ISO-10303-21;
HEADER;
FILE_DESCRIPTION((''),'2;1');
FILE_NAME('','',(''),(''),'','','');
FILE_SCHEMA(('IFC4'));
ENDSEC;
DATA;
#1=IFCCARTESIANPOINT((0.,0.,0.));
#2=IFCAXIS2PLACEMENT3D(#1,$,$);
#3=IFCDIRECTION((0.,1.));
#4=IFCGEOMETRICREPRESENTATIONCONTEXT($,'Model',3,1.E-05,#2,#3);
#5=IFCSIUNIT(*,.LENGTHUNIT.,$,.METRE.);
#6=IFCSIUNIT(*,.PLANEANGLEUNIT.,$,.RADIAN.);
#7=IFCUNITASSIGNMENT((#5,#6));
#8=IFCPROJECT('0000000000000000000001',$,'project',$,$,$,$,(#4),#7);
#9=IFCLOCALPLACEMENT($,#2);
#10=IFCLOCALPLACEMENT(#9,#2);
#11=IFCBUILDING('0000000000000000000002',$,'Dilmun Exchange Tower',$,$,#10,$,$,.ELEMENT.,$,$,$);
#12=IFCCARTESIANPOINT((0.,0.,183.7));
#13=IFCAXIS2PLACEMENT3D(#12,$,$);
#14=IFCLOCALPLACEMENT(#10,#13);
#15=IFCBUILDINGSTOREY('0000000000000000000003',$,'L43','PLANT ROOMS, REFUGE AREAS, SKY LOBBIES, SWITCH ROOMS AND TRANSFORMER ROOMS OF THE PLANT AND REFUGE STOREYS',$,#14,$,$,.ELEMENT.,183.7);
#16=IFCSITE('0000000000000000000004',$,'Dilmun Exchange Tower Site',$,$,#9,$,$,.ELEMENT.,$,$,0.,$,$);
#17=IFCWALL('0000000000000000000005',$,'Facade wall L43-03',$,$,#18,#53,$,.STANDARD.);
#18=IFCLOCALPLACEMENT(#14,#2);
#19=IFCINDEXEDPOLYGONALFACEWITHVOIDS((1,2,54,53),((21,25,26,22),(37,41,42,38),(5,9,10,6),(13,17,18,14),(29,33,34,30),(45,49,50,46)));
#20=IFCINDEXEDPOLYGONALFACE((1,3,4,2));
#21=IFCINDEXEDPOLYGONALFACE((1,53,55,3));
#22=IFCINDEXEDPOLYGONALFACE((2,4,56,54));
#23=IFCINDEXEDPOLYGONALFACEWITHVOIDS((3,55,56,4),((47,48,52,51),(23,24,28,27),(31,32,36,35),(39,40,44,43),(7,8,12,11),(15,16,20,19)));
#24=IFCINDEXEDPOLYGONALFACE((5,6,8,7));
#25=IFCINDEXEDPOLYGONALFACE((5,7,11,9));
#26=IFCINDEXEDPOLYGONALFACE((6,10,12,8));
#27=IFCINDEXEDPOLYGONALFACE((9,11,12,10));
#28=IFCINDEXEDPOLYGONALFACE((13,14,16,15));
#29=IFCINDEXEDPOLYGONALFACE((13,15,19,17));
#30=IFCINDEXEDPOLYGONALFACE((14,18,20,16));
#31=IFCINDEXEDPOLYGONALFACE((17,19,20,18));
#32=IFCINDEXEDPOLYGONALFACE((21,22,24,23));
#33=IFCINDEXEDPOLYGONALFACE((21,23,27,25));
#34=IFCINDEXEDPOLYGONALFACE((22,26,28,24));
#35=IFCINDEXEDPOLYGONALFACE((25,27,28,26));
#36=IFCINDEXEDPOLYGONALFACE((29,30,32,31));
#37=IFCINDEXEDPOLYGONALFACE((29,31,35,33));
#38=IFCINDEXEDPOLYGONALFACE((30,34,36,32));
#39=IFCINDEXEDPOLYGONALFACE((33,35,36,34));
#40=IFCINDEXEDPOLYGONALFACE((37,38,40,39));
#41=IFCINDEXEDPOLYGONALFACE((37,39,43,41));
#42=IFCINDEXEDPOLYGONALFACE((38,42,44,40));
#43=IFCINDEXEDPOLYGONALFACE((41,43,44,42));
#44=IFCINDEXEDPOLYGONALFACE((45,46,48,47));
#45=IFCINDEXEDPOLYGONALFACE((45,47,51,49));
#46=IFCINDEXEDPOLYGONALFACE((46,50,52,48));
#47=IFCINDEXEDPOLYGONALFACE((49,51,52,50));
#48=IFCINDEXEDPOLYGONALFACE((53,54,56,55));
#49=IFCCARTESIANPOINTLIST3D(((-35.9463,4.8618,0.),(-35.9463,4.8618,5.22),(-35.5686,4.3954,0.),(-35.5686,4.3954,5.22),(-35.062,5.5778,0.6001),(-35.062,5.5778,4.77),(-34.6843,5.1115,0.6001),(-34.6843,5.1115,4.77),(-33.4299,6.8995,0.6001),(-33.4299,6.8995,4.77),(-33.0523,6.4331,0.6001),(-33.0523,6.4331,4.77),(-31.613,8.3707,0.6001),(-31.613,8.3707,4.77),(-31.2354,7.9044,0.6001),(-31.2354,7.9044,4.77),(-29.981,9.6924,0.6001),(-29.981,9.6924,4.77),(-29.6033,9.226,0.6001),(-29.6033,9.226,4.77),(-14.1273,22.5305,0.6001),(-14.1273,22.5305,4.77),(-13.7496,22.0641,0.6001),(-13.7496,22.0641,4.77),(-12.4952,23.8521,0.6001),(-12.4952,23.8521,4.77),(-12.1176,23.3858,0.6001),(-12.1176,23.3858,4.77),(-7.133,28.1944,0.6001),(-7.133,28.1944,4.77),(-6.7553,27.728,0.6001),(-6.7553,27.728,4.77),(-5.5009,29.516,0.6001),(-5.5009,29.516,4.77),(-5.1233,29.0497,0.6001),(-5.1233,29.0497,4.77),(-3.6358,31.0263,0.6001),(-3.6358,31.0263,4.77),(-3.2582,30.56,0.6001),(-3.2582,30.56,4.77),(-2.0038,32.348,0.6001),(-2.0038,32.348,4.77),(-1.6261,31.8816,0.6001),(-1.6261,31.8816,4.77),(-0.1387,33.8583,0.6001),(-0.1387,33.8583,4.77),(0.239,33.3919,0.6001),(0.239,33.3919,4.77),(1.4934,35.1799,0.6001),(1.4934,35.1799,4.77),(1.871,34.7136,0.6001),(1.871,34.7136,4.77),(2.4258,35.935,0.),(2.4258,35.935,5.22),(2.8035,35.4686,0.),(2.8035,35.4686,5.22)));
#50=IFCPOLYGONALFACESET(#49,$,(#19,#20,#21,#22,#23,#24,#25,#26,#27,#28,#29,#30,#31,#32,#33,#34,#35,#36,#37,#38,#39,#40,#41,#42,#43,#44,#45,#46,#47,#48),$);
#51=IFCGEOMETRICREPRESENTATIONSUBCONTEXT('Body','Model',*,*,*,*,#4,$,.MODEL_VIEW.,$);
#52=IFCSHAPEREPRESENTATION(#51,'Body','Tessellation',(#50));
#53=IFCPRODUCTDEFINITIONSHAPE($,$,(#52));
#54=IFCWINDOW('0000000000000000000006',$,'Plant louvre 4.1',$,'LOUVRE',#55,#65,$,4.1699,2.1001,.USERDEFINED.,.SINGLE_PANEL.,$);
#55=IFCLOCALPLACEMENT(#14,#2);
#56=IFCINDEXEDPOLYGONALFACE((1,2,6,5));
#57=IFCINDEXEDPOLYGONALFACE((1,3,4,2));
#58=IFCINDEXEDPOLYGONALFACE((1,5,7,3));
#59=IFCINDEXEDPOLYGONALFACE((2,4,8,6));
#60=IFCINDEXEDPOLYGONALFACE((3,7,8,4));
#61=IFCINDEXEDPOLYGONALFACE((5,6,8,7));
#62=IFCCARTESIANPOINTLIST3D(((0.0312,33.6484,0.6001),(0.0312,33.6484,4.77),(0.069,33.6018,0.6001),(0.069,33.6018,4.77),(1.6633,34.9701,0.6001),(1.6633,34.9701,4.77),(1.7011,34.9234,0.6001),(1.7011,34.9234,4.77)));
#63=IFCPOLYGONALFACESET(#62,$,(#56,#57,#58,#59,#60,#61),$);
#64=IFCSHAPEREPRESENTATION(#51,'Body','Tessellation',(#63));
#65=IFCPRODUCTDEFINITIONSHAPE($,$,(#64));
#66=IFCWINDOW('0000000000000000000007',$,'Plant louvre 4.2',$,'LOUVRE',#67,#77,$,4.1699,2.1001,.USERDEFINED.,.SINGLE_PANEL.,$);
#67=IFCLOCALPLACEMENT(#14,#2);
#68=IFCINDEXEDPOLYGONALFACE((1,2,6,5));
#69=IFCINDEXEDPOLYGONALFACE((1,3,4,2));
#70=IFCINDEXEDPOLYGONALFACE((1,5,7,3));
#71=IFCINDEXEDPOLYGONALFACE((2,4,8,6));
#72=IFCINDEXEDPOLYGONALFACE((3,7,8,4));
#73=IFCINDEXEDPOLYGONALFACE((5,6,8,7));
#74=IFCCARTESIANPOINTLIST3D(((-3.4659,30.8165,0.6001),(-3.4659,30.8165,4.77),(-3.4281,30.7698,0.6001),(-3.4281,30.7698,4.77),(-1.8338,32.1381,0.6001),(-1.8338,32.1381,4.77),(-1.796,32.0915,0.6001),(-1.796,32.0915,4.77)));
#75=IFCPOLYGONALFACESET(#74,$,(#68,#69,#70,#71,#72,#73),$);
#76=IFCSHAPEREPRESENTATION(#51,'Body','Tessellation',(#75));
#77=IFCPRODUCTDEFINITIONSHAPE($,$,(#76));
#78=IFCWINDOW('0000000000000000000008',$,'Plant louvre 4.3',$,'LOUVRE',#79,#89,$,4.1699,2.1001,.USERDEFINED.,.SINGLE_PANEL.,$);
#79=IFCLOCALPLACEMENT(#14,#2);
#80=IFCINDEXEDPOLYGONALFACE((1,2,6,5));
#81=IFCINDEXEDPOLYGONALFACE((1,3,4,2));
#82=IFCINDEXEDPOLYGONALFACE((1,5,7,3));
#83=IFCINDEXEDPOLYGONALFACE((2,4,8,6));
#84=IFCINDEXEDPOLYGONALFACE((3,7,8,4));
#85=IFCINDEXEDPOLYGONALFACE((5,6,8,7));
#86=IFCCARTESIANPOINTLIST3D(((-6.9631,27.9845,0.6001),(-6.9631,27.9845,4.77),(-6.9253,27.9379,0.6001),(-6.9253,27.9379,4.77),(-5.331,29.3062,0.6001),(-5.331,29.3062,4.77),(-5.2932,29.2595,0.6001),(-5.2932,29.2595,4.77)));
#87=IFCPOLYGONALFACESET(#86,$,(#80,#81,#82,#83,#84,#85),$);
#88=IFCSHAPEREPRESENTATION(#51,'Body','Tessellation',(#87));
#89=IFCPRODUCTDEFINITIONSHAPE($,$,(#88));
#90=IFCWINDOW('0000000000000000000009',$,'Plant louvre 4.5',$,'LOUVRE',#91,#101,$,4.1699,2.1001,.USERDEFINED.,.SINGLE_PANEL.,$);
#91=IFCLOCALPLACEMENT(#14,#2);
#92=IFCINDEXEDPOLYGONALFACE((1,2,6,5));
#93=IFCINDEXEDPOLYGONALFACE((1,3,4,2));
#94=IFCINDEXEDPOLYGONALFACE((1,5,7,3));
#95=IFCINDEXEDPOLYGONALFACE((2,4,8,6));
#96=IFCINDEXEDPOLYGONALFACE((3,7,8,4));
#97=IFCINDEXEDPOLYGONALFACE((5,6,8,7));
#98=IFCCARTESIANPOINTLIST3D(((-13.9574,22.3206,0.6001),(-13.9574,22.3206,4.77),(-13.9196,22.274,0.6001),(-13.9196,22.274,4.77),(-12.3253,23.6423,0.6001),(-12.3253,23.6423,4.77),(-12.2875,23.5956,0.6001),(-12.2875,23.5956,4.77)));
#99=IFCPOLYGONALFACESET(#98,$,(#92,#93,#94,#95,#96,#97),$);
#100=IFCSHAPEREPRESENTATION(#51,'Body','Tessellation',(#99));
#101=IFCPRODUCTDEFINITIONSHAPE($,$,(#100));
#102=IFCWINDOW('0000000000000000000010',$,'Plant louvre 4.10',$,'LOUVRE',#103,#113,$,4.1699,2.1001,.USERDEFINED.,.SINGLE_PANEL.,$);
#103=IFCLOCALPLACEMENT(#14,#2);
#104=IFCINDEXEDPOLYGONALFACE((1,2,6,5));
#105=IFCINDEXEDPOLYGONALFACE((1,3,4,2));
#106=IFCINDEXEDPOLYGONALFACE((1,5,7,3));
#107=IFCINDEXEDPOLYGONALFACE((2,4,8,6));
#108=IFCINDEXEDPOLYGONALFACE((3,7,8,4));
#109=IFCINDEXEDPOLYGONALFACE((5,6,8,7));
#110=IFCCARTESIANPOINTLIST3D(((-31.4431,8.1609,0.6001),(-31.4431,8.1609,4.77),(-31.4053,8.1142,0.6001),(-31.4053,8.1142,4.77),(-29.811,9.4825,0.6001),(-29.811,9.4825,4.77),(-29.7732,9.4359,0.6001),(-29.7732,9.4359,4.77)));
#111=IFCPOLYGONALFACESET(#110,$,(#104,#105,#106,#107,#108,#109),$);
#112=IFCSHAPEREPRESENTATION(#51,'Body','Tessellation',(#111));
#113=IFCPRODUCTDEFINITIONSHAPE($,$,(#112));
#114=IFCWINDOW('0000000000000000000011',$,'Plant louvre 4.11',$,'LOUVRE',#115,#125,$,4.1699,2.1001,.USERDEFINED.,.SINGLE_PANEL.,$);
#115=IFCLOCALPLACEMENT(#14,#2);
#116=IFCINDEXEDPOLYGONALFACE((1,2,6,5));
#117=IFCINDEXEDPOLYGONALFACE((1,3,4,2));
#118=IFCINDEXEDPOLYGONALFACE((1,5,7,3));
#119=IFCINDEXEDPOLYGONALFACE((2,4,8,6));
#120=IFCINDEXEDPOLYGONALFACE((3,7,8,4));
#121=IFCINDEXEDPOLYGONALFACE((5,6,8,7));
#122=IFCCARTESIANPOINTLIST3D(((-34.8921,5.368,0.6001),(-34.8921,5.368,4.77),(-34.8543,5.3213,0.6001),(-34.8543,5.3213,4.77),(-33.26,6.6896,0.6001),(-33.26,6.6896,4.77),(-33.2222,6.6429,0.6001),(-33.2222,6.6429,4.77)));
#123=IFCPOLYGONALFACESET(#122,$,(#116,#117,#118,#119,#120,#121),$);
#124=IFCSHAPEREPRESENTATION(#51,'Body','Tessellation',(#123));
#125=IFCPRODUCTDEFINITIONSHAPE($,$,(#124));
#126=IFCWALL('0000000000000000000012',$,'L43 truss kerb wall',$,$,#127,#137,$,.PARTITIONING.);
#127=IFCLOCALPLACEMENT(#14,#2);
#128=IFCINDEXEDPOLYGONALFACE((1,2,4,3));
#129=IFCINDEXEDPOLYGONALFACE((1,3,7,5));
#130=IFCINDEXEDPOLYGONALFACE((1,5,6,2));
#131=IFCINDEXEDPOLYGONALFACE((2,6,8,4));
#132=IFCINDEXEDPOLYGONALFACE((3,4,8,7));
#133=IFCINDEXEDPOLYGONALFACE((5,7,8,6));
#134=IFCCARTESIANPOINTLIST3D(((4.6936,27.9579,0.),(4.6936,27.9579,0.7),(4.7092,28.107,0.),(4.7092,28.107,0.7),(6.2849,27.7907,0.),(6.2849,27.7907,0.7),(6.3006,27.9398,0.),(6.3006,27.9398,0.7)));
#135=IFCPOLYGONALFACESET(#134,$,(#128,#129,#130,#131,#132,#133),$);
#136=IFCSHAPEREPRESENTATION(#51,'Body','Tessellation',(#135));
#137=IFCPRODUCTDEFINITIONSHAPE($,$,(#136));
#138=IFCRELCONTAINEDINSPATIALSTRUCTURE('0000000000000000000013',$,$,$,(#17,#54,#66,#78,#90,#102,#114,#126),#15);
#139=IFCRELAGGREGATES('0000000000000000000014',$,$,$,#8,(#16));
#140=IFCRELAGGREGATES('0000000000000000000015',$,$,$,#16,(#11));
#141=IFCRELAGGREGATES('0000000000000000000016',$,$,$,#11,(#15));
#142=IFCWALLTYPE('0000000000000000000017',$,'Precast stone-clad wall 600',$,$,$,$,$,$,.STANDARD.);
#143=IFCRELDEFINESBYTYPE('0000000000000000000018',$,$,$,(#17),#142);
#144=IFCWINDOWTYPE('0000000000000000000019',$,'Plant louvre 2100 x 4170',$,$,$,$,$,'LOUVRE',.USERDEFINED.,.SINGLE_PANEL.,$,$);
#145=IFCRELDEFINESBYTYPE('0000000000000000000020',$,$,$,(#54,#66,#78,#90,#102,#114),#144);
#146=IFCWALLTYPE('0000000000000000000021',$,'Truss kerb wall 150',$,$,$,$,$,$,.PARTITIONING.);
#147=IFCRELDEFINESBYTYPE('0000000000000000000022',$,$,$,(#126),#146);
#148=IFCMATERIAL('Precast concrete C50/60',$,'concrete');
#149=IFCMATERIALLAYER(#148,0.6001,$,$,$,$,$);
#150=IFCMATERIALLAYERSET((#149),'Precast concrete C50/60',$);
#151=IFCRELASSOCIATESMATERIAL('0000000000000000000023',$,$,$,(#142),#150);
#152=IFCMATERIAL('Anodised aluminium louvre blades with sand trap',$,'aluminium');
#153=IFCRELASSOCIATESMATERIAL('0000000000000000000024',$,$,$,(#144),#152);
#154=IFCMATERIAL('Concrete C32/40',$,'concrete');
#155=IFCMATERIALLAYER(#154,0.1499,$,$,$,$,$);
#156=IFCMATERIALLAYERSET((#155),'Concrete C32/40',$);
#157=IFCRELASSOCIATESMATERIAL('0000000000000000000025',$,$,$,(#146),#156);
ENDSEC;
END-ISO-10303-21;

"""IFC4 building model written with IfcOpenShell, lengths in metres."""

from ifc_helpers import new_model, si_unit, direction, frame, frame_2d, origin, place, context, subcontext, project, spatial, rectangle, extrude, material, layer, layer_set, type_object, element, fill, save


model = new_model("IFC4")

# Units and contexts
model_context = context("Model", 3, precision=1e-05, world=origin(), true_north=direction((0.0, 1.0)))
body_context = subcontext(model_context, "Body", "Model", "MODEL_VIEW")
ifc_project = project(units=[si_unit("LENGTHUNIT", "METRE"), si_unit("PLANEANGLEUNIT", "RADIAN")], contexts=[model_context])

# Site, building, storey
site_placement = place(None, origin())
site = spatial("IfcSite", under=ifc_project, at=site_placement, Name="Dilmun Exchange Tower Site", CompositionType="ELEMENT", RefElevation=0.0)
building_placement = place(site_placement, origin())
building = spatial("IfcBuilding", under=site, at=building_placement, Name="Dilmun Exchange Tower", CompositionType="ELEMENT")
storey_placement = place(building_placement, frame((0.0, 0.0, 183.7)))
storey = spatial("IfcBuildingStorey", under=building, at=storey_placement, Name="L43", Description="PLANT ROOMS, REFUGE AREAS, SKY LOBBIES, SWITCH ROOMS AND TRANSFORMER ROOMS OF THE PLANT AND REFUGE STOREYS", CompositionType="ELEMENT", Elevation=183.7)

# Wall, openings, windows
ifc_material_1 = material(Name="Precast concrete C50/60", Category="concrete")
ifc_layer_1 = layer(ifc_material_1, 0.6001)
ifc_layer_set_1 = layer_set([ifc_layer_1], Name="Precast concrete C50/60")
wall_type_1 = type_object("IfcWallType", Name="Precast stone-clad wall 600", PredefinedType="STANDARD", material=ifc_layer_set_1)
wall_1_placement = place(storey_placement, frame((2.6147, 35.7019, 0.0), z_axis=(0.0, 0.0, 1.0), x_axis=(-0.777144, -0.629322, 0.0)))
wall_1 = element("IfcWall", 1, at=wall_1_placement, inside=storey, type_object=wall_type_1, Name="Facade wall L43-03", PredefinedType="STANDARD", context=body_context, shape_type="SweptSolid", body=[
    extrude(rectangle(XDim=49.3757, YDim=0.6001, at=frame_2d((24.688, 0.0))), origin(), (0.0, 0.0, 1.0), 5.22),
])
opening_1_placement = place(wall_1_placement, frame((1.2, 0.0, 0.6001)))
opening_1 = element("IfcOpeningElement", 2, at=opening_1_placement, cuts=wall_1, PredefinedType="OPENING", context=body_context, shape_type="SweptSolid", body=[
    extrude(rectangle(XDim=2.1001, YDim=4.1699, at=frame_2d((1.05, 2.085))), frame((0.0, 0.3101, 0.0), z_axis=(0.0, -1.0, 0.0), x_axis=(1.0, 0.0, 0.0)), (0.0, 0.0, 1.0), 0.6201),
])
opening_2_placement = place(wall_1_placement, frame((5.7, 0.0, 0.6001)))
opening_2 = element("IfcOpeningElement", 3, at=opening_2_placement, cuts=wall_1, PredefinedType="OPENING", context=body_context, shape_type="SweptSolid", body=[
    extrude(rectangle(XDim=2.1001, YDim=4.1699, at=frame_2d((1.05, 2.085))), frame((0.0, 0.3101, 0.0), z_axis=(0.0, -1.0, 0.0), x_axis=(1.0, 0.0, 0.0)), (0.0, 0.0, 1.0), 0.6201),
])
opening_3_placement = place(wall_1_placement, frame((10.2, 0.0, 0.6001)))
opening_3 = element("IfcOpeningElement", 4, at=opening_3_placement, cuts=wall_1, PredefinedType="OPENING", context=body_context, shape_type="SweptSolid", body=[
    extrude(rectangle(XDim=2.1001, YDim=4.1699, at=frame_2d((1.05, 2.085))), frame((0.0, 0.3101, 0.0), z_axis=(0.0, -1.0, 0.0), x_axis=(1.0, 0.0, 0.0)), (0.0, 0.0, 1.0), 0.6201),
])
opening_4_placement = place(wall_1_placement, frame((19.2, 0.0, 0.6001)))
opening_4 = element("IfcOpeningElement", 5, at=opening_4_placement, cuts=wall_1, PredefinedType="OPENING", context=body_context, shape_type="SweptSolid", body=[
    extrude(rectangle(XDim=2.1001, YDim=4.1699, at=frame_2d((1.05, 2.085))), frame((0.0, 0.3101, 0.0), z_axis=(0.0, -1.0, 0.0), x_axis=(1.0, 0.0, 0.0)), (0.0, 0.0, 1.0), 0.6201),
])
opening_5_placement = place(wall_1_placement, frame((41.7, 0.0, 0.6001)))
opening_5 = element("IfcOpeningElement", 6, at=opening_5_placement, cuts=wall_1, PredefinedType="OPENING", context=body_context, shape_type="SweptSolid", body=[
    extrude(rectangle(XDim=2.1001, YDim=4.1699, at=frame_2d((1.05, 2.085))), frame((0.0, 0.3101, 0.0), z_axis=(0.0, -1.0, 0.0), x_axis=(1.0, 0.0, 0.0)), (0.0, 0.0, 1.0), 0.6201),
])
opening_6_placement = place(wall_1_placement, frame((46.1379, 0.0, 0.6001)))
opening_6 = element("IfcOpeningElement", 7, at=opening_6_placement, cuts=wall_1, PredefinedType="OPENING", context=body_context, shape_type="SweptSolid", body=[
    extrude(rectangle(XDim=2.1001, YDim=4.1699, at=frame_2d((1.05, 2.085))), frame((0.0, 0.3101, 0.0), z_axis=(0.0, -1.0, 0.0), x_axis=(1.0, 0.0, 0.0)), (0.0, 0.0, 1.0), 0.6201),
])
ifc_material_2 = material(Name="Anodised aluminium louvre blades with sand trap", Category="aluminium")
window_type = type_object("IfcWindowType", Name="Plant louvre 2100 x 4170", ElementType="LOUVRE", PartitioningType="SINGLE_PANEL", PredefinedType="USERDEFINED", material=ifc_material_2)
window_1_placement = place(opening_1_placement, origin())
window_1 = element("IfcWindow", 8, at=window_1_placement, inside=storey, type_object=window_type, Name="Plant louvre 4.1", ObjectType="LOUVRE", OverallHeight=4.1699, OverallWidth=2.1001, PartitioningType="SINGLE_PANEL", PredefinedType="USERDEFINED", context=body_context, shape_type="SweptSolid", body=[
    extrude(rectangle(XDim=2.1001, YDim=4.1699, at=frame_2d((1.05, 2.085))), frame((0.0, 0.03, 0.0), z_axis=(0.0, -1.0, 0.0), x_axis=(1.0, 0.0, 0.0)), (0.0, 0.0, 1.0), 0.0601),
])
fill(opening_1, window_1)
window_2_placement = place(opening_2_placement, origin())
window_2 = element("IfcWindow", 9, at=window_2_placement, inside=storey, type_object=window_type, Name="Plant louvre 4.2", ObjectType="LOUVRE", OverallHeight=4.1699, OverallWidth=2.1001, PartitioningType="SINGLE_PANEL", PredefinedType="USERDEFINED", context=body_context, shape_type="SweptSolid", body=[
    extrude(rectangle(XDim=2.1001, YDim=4.1699, at=frame_2d((1.05, 2.085))), frame((0.0, 0.03, 0.0), z_axis=(0.0, -1.0, 0.0), x_axis=(1.0, 0.0, 0.0)), (0.0, 0.0, 1.0), 0.0601),
])
fill(opening_2, window_2)
window_3_placement = place(opening_3_placement, origin())
window_3 = element("IfcWindow", 10, at=window_3_placement, inside=storey, type_object=window_type, Name="Plant louvre 4.3", ObjectType="LOUVRE", OverallHeight=4.1699, OverallWidth=2.1001, PartitioningType="SINGLE_PANEL", PredefinedType="USERDEFINED", context=body_context, shape_type="SweptSolid", body=[
    extrude(rectangle(XDim=2.1001, YDim=4.1699, at=frame_2d((1.05, 2.085))), frame((0.0, 0.03, 0.0), z_axis=(0.0, -1.0, 0.0), x_axis=(1.0, 0.0, 0.0)), (0.0, 0.0, 1.0), 0.0601),
])
fill(opening_3, window_3)
window_4_placement = place(opening_4_placement, origin())
window_4 = element("IfcWindow", 11, at=window_4_placement, inside=storey, type_object=window_type, Name="Plant louvre 4.5", ObjectType="LOUVRE", OverallHeight=4.1699, OverallWidth=2.1001, PartitioningType="SINGLE_PANEL", PredefinedType="USERDEFINED", context=body_context, shape_type="SweptSolid", body=[
    extrude(rectangle(XDim=2.1001, YDim=4.1699, at=frame_2d((1.05, 2.085))), frame((0.0, 0.03, 0.0), z_axis=(0.0, -1.0, 0.0), x_axis=(1.0, 0.0, 0.0)), (0.0, 0.0, 1.0), 0.0601),
])
fill(opening_4, window_4)
window_5_placement = place(opening_5_placement, origin())
window_5 = element("IfcWindow", 12, at=window_5_placement, inside=storey, type_object=window_type, Name="Plant louvre 4.10", ObjectType="LOUVRE", OverallHeight=4.1699, OverallWidth=2.1001, PartitioningType="SINGLE_PANEL", PredefinedType="USERDEFINED", context=body_context, shape_type="SweptSolid", body=[
    extrude(rectangle(XDim=2.1001, YDim=4.1699, at=frame_2d((1.05, 2.085))), frame((0.0, 0.03, 0.0), z_axis=(0.0, -1.0, 0.0), x_axis=(1.0, 0.0, 0.0)), (0.0, 0.0, 1.0), 0.0601),
])
fill(opening_5, window_5)
window_6_placement = place(opening_6_placement, origin())
window_6 = element("IfcWindow", 13, at=window_6_placement, inside=storey, type_object=window_type, Name="Plant louvre 4.11", ObjectType="LOUVRE", OverallHeight=4.1699, OverallWidth=2.1001, PartitioningType="SINGLE_PANEL", PredefinedType="USERDEFINED", context=body_context, shape_type="SweptSolid", body=[
    extrude(rectangle(XDim=2.1001, YDim=4.1699, at=frame_2d((1.05, 2.085))), frame((0.0, 0.03, 0.0), z_axis=(0.0, -1.0, 0.0), x_axis=(1.0, 0.0, 0.0)), (0.0, 0.0, 1.0), 0.0601),
])
fill(opening_6, window_6)

# Wall
ifc_material_3 = material(Name="Concrete C32/40", Category="concrete")
ifc_layer_2 = layer(ifc_material_3, 0.1499)
ifc_layer_set_2 = layer_set([ifc_layer_2], Name="Concrete C32/40")
wall_type_2 = type_object("IfcWallType", Name="Truss kerb wall 150", PredefinedType="PARTITIONING", material=ifc_layer_set_2)
wall_2_placement = place(storey_placement, frame((6.2927, 27.8652, 0.0), z_axis=(0.0, 0.0, 1.0), x_axis=(-0.994523, 0.104518, 0.0)))
element("IfcWall", 14, at=wall_2_placement, inside=storey, type_object=wall_type_2, Name="L43 truss kerb wall", PredefinedType="PARTITIONING", context=body_context, shape_type="SweptSolid", body=[
    extrude(rectangle(XDim=1.6001, YDim=0.1499, at=frame_2d((0.8, 0.0))), origin(), (0.0, 0.0, 1.0), 0.7),
])

save(model, "model.ifc")
